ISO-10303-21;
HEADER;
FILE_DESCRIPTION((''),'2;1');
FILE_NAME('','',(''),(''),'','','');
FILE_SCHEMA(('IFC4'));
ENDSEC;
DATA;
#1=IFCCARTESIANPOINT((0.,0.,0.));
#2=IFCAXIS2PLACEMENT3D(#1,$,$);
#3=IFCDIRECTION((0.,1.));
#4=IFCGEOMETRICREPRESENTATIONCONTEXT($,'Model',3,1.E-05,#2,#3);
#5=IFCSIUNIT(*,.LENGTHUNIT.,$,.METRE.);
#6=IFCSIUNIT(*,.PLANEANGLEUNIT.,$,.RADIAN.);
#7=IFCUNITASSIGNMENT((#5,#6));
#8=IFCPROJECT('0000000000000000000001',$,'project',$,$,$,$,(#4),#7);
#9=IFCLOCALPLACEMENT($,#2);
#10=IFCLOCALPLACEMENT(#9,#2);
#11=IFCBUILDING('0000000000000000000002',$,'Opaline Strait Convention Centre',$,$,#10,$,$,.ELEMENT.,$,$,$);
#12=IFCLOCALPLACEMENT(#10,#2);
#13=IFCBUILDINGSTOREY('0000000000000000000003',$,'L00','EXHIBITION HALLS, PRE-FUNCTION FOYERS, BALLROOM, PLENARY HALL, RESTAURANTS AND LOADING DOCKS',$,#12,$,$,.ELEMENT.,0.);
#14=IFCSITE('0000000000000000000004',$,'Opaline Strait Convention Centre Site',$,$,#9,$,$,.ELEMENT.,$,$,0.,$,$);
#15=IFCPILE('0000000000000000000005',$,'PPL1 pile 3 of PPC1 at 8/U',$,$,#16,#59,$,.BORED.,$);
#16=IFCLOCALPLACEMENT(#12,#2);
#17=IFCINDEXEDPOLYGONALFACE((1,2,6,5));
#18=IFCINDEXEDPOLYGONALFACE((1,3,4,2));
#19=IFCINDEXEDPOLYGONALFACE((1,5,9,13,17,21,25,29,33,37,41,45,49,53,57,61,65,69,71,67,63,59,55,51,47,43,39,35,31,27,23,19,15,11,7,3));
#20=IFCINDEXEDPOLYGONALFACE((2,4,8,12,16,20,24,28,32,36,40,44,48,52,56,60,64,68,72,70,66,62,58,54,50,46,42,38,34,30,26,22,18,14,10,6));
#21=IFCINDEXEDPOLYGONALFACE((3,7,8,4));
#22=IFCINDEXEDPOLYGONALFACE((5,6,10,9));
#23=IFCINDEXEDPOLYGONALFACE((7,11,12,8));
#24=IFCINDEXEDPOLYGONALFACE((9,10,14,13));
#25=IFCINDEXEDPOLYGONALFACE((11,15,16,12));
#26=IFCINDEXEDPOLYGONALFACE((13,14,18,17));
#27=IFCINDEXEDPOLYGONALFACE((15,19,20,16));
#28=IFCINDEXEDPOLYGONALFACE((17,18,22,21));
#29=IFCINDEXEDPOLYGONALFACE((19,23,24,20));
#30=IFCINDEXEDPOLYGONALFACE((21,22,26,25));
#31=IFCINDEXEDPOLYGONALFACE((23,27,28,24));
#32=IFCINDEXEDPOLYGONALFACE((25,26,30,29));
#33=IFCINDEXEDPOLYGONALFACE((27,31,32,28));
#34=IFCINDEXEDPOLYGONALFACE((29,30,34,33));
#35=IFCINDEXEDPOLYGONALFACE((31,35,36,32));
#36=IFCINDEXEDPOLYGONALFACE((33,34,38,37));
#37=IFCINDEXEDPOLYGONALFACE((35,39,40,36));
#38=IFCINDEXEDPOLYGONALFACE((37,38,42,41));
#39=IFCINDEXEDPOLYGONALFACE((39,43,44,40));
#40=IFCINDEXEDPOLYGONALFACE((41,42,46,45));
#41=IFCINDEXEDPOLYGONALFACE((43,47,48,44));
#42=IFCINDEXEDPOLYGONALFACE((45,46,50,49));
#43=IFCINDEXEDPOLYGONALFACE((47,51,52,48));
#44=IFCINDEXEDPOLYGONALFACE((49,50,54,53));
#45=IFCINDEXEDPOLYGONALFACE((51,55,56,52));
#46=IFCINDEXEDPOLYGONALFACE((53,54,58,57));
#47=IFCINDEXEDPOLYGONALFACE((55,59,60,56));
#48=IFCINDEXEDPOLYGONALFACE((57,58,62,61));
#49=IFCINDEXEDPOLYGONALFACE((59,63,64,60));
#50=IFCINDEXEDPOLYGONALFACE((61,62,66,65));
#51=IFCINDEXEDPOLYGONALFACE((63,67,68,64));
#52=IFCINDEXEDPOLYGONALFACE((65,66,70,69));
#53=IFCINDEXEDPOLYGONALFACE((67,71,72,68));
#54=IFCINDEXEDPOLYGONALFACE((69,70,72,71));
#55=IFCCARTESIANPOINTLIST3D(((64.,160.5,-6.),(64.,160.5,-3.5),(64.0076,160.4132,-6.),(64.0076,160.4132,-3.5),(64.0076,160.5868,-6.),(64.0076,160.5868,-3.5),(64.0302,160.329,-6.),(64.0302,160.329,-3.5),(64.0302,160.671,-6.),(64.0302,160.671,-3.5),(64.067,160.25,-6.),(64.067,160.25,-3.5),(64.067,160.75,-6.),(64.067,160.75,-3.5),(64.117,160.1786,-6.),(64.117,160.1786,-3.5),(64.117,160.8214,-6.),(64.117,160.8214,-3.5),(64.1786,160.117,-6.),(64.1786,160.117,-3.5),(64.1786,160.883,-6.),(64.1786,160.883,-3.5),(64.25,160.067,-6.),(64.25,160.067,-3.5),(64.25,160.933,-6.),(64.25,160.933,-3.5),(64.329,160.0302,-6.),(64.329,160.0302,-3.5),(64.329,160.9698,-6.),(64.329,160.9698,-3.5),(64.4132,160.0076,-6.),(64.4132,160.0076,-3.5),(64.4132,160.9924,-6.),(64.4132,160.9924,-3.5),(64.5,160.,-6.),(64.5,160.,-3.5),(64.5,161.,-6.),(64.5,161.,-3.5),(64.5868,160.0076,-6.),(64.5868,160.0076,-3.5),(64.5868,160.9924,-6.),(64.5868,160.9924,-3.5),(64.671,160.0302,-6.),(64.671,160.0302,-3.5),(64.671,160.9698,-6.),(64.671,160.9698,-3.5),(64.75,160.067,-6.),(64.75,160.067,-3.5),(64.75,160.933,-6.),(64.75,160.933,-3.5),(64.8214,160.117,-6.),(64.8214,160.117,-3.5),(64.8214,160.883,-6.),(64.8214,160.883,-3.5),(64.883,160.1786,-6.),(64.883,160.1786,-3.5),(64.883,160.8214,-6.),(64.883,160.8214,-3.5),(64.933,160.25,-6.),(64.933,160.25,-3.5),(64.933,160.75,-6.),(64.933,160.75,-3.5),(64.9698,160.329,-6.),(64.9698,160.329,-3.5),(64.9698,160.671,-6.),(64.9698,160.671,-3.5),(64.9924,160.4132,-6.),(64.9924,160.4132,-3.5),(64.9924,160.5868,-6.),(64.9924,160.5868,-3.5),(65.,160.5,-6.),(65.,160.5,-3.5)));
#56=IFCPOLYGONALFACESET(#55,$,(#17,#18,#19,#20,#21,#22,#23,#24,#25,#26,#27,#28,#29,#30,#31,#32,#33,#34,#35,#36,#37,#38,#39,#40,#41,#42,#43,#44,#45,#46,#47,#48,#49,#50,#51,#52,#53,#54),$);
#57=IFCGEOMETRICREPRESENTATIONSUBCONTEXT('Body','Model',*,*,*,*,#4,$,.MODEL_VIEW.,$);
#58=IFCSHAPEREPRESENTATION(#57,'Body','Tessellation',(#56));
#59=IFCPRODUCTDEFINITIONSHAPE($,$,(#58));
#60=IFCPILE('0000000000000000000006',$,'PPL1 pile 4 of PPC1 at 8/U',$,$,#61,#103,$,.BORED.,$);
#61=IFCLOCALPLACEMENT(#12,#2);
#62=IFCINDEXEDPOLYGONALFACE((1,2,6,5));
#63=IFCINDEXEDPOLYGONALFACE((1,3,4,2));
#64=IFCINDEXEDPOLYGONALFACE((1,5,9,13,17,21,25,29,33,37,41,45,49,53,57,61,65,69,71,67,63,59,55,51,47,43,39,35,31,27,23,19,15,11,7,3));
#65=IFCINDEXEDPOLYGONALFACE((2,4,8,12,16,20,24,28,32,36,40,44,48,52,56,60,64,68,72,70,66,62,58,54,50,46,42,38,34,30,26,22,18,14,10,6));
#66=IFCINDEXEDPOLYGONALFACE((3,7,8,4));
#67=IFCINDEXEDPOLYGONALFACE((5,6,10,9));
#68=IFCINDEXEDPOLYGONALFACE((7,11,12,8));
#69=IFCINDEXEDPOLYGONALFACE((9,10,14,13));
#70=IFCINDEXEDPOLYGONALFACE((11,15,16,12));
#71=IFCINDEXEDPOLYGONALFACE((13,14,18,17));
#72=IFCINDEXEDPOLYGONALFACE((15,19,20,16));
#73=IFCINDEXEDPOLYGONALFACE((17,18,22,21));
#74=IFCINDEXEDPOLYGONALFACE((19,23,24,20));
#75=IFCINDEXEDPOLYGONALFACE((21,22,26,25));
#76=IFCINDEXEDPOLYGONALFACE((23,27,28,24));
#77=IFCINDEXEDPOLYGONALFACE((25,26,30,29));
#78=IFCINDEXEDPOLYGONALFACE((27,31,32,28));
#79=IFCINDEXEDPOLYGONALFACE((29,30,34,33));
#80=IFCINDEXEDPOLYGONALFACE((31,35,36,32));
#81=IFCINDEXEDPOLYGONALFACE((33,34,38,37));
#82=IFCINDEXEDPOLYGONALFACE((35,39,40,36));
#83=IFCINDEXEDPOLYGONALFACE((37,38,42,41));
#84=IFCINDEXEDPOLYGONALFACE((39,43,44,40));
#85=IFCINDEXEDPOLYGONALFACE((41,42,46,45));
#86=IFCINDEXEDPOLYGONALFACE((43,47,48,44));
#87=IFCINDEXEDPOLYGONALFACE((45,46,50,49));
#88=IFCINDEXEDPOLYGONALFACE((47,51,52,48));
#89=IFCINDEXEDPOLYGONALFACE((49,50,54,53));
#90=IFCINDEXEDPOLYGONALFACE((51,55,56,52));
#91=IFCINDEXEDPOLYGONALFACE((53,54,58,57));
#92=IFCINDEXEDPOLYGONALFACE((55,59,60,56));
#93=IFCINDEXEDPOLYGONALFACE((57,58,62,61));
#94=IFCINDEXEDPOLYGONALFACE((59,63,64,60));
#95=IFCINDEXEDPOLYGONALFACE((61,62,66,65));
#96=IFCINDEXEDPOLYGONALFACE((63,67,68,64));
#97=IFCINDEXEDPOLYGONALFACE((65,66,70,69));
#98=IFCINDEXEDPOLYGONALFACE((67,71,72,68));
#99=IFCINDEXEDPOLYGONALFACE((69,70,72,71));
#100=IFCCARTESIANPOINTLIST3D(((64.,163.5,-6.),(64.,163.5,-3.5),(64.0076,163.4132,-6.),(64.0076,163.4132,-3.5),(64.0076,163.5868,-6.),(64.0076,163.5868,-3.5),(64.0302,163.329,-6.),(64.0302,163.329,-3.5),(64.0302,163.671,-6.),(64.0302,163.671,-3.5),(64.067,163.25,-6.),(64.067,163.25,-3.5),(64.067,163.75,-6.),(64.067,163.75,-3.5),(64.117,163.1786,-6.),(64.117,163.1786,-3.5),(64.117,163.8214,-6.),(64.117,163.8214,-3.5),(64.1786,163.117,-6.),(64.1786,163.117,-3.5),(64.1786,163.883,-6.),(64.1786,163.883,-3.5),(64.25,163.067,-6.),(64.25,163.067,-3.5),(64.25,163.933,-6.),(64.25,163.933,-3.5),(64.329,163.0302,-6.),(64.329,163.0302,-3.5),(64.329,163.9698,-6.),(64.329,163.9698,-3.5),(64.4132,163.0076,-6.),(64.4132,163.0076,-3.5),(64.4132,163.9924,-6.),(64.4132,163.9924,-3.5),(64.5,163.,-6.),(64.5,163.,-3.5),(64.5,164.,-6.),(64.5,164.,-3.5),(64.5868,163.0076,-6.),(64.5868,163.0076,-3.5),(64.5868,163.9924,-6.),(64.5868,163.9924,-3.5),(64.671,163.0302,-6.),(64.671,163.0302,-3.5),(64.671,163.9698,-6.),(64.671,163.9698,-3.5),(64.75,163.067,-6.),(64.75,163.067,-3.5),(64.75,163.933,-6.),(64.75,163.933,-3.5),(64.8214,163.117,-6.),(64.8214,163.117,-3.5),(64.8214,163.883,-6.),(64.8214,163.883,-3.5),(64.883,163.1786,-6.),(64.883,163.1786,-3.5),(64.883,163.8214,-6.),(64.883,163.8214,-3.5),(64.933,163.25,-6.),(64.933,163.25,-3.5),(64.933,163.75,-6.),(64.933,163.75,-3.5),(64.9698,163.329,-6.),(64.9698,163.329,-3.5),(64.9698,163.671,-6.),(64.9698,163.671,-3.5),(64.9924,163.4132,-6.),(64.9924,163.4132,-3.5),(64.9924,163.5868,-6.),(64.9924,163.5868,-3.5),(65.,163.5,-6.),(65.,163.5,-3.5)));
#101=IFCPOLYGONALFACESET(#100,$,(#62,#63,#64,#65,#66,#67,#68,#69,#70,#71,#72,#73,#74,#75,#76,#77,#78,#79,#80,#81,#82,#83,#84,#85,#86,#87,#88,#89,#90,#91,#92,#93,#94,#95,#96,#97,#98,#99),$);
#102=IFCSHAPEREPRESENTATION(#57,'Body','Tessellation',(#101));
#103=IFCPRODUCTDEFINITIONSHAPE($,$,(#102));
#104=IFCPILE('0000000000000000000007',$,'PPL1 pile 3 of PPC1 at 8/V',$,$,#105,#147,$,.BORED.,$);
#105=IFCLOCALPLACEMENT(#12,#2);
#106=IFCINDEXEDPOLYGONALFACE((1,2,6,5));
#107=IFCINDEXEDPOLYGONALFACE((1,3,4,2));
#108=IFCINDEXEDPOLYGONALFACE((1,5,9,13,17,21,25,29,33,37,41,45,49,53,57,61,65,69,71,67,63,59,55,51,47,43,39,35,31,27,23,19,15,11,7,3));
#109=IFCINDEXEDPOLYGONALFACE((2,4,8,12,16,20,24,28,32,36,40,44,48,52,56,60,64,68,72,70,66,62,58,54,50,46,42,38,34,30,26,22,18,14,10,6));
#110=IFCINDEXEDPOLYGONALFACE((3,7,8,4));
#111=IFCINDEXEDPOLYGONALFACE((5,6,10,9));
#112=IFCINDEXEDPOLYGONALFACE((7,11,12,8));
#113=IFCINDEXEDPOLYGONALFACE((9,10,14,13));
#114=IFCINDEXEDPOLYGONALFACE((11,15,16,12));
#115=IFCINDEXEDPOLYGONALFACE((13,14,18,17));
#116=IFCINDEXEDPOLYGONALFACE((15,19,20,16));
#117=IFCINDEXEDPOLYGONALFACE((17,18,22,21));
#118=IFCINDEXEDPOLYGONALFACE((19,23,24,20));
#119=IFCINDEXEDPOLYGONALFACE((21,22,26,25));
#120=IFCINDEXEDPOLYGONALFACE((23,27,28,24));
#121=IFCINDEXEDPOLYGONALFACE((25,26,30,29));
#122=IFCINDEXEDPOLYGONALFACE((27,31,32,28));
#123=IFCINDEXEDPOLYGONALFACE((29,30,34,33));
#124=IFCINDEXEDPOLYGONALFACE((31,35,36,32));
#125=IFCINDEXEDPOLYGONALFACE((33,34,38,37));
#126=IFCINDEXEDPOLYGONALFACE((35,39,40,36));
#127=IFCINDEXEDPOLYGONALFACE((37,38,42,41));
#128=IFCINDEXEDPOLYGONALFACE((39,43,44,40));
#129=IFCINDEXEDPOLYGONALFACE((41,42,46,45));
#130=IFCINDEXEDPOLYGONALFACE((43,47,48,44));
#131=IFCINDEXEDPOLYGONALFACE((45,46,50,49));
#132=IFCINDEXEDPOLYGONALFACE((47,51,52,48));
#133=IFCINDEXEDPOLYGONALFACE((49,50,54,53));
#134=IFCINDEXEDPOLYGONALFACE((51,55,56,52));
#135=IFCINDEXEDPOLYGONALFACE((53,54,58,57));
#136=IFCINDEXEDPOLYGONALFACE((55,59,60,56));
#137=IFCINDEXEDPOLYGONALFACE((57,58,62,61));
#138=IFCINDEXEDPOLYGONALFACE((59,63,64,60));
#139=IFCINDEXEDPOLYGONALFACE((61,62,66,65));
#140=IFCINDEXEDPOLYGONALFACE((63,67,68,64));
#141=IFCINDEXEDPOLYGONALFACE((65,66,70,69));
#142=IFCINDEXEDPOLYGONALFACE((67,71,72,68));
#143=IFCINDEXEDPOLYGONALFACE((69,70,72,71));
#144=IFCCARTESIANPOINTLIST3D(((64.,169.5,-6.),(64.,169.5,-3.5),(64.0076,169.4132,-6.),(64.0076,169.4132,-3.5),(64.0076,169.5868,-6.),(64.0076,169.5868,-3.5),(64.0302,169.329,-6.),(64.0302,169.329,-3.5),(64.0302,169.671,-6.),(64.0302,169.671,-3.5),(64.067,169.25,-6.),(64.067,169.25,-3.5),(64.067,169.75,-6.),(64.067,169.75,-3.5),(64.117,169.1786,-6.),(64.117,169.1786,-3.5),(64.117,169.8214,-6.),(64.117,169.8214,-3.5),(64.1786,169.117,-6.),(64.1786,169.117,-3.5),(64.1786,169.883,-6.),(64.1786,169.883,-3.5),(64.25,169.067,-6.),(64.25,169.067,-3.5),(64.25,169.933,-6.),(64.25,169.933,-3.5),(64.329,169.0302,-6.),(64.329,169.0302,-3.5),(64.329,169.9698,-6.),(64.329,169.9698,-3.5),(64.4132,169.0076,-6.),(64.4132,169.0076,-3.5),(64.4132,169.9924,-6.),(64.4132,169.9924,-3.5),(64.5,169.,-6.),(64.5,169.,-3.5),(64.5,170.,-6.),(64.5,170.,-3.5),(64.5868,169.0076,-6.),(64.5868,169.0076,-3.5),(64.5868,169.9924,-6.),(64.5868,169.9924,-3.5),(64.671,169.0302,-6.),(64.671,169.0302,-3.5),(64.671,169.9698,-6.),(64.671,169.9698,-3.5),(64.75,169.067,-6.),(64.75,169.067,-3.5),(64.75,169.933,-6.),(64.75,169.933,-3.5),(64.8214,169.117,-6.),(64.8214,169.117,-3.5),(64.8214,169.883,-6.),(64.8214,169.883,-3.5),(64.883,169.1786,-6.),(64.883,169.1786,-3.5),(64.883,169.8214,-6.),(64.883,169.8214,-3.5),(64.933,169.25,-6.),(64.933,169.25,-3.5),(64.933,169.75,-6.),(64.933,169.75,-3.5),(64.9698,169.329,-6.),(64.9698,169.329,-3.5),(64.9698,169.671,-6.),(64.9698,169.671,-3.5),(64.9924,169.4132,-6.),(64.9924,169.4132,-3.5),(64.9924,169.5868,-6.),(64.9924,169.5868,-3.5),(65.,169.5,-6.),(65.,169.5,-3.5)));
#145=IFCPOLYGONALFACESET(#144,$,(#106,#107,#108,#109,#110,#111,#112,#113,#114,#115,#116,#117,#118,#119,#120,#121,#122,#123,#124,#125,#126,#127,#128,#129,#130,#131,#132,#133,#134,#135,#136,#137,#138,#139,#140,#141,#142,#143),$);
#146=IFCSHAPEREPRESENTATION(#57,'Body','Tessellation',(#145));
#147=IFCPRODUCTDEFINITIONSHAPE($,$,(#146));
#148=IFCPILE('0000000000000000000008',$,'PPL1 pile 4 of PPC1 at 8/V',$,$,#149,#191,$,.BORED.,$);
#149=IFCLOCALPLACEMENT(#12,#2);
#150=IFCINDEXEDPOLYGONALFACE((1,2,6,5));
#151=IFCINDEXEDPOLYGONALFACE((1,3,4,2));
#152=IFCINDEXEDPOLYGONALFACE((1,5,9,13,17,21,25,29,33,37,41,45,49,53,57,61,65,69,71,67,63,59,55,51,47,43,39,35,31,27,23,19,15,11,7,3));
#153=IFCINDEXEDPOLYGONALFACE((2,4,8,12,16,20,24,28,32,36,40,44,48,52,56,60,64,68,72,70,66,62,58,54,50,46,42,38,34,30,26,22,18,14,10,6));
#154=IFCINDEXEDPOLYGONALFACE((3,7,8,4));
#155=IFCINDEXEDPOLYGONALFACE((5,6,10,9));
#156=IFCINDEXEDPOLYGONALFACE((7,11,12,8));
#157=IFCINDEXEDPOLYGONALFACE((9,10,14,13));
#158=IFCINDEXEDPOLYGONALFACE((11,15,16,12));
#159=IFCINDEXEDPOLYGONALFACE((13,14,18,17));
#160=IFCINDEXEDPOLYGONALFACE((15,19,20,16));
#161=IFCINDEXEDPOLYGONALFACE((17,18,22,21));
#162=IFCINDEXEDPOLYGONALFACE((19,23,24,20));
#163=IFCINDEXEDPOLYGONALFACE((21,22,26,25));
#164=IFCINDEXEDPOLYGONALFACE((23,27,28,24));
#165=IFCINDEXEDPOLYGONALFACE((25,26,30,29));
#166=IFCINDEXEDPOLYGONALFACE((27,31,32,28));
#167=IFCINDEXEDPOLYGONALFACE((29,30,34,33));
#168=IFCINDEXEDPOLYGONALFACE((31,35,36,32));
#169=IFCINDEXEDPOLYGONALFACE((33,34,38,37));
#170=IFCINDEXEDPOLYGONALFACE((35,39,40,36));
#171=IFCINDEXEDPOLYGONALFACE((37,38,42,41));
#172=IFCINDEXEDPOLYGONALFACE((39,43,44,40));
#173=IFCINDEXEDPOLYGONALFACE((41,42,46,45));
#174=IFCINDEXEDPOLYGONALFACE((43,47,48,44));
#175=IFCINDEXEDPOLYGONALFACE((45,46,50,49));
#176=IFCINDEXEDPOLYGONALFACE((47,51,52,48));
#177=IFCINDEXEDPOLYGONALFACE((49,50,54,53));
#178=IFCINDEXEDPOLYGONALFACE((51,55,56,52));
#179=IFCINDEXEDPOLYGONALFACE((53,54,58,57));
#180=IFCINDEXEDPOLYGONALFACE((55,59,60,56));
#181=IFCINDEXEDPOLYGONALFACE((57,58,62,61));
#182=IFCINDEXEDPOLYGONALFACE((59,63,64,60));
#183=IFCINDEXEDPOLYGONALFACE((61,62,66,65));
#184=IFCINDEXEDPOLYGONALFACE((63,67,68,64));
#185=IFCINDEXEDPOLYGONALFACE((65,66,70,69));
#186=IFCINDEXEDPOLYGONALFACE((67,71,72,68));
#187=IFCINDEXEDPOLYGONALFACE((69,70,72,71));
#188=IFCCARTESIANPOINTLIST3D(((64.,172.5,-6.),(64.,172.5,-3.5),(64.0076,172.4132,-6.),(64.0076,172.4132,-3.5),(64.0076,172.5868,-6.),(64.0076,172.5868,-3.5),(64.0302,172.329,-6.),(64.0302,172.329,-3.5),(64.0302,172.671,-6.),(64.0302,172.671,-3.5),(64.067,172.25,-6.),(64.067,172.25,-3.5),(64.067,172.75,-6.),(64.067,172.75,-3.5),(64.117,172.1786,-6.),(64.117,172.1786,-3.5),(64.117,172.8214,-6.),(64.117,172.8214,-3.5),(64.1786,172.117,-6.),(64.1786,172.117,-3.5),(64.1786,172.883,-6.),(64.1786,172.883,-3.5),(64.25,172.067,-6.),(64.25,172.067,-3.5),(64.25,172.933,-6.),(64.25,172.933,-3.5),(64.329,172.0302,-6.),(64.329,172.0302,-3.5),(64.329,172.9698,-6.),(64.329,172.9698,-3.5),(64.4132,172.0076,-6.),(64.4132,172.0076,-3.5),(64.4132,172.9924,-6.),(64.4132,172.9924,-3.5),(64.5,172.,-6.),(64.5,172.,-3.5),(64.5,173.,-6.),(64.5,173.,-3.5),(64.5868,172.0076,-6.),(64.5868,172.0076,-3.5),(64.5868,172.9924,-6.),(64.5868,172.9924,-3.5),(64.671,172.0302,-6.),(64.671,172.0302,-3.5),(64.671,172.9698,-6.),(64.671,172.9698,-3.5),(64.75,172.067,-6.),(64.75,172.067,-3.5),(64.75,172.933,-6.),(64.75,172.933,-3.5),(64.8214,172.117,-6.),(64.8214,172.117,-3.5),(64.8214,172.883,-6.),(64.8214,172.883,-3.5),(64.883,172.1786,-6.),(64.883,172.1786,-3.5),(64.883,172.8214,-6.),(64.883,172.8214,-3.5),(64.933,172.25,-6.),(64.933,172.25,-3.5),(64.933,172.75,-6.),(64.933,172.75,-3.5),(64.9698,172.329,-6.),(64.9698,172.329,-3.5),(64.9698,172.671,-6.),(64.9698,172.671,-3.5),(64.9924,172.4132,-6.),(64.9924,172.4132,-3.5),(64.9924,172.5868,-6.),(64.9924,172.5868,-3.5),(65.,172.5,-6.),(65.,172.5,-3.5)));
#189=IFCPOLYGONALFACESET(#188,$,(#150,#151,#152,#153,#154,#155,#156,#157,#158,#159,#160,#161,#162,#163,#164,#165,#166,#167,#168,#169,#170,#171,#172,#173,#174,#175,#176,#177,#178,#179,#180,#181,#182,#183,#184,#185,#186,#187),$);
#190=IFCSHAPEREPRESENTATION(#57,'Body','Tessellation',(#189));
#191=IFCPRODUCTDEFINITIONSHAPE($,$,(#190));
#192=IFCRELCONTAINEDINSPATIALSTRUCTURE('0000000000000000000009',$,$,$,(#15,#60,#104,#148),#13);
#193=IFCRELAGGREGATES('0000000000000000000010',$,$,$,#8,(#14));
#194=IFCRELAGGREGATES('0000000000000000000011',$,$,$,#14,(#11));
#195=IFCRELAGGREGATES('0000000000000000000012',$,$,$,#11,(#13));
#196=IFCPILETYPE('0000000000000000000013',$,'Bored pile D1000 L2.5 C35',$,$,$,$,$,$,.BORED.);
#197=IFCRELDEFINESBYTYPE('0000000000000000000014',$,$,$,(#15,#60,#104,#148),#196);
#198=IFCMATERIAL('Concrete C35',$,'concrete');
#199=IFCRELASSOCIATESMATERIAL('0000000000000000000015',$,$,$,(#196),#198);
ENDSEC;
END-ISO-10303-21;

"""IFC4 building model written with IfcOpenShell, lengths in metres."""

from ifc_helpers import new_model, si_unit, direction, frame, origin, origin_2d, place, context, subcontext, project, spatial, circle, extrude, material, material_profile, profile_set, type_object, element, save


model = new_model("IFC4")

# Units and contexts
model_context = context("Model", 3, precision=1e-05, world=origin(), true_north=direction((0.0, 1.0)))
body_context = subcontext(model_context, "Body", "Model", "MODEL_VIEW")
ifc_project = project(units=[si_unit("LENGTHUNIT", "METRE"), si_unit("PLANEANGLEUNIT", "RADIAN")], contexts=[model_context])

# Site, building, storey
site_placement = place(None, origin())
site = spatial("IfcSite", under=ifc_project, at=site_placement, Name="Opaline Strait Convention Centre Site", CompositionType="ELEMENT", RefElevation=0.0)
building_placement = place(site_placement, origin())
building = spatial("IfcBuilding", under=site, at=building_placement, Name="Opaline Strait Convention Centre", CompositionType="ELEMENT")
storey_placement = place(building_placement, origin())
storey = spatial("IfcBuildingStorey", under=building, at=storey_placement, Name="L00", Description="EXHIBITION HALLS, PRE-FUNCTION FOYERS, BALLROOM, PLENARY HALL, RESTAURANTS AND LOADING DOCKS", CompositionType="ELEMENT", Elevation=0.0)

# Piles
ifc_material_1 = material(Name="Concrete C35", Category="concrete")
ifc_material_profile_1 = material_profile(ifc_material_1, circle(Radius=0.5, at=origin_2d()), Name="D1000")
ifc_profile_set_1 = profile_set([ifc_material_profile_1], Name="Concrete C35")
pile_type_1 = type_object("IfcPileType", Name="Bored pile D1000 L2.5 C35", PredefinedType="BORED", material=ifc_profile_set_1)
for number, where, z_axis, x_axis, name in (
    (1, (64.5, 160.5, -3.5), (0.0, 0.0, -1.0), (1.0, 0.0, 0.0), "PPL1 pile 3 of PPC1 at 8/U"),
    (2, (64.5, 163.5, -3.5), (0.0, 0.0, -1.0), (1.0, 0.0, 0.0), "PPL1 pile 4 of PPC1 at 8/U"),
    (3, (64.5, 169.5, -3.5), (0.0, 0.0, -1.0), (1.0, 0.0, 0.0), "PPL1 pile 3 of PPC1 at 8/V"),
    (4, (64.5, 172.5, -3.5), (0.0, 0.0, -1.0), (1.0, 0.0, 0.0), "PPL1 pile 4 of PPC1 at 8/V"),
):
    element("IfcPile", number, at=place(storey_placement, frame(where, z_axis=z_axis, x_axis=x_axis)), inside=storey, type_object=pile_type_1, Name=name, PredefinedType="BORED", context=body_context, shape_type="SweptSolid", body=[
        extrude(circle(Radius=0.5, at=origin_2d()), origin(), (0.0, 0.0, 1.0), 2.5),
    ])

save(model, "model.ifc")
